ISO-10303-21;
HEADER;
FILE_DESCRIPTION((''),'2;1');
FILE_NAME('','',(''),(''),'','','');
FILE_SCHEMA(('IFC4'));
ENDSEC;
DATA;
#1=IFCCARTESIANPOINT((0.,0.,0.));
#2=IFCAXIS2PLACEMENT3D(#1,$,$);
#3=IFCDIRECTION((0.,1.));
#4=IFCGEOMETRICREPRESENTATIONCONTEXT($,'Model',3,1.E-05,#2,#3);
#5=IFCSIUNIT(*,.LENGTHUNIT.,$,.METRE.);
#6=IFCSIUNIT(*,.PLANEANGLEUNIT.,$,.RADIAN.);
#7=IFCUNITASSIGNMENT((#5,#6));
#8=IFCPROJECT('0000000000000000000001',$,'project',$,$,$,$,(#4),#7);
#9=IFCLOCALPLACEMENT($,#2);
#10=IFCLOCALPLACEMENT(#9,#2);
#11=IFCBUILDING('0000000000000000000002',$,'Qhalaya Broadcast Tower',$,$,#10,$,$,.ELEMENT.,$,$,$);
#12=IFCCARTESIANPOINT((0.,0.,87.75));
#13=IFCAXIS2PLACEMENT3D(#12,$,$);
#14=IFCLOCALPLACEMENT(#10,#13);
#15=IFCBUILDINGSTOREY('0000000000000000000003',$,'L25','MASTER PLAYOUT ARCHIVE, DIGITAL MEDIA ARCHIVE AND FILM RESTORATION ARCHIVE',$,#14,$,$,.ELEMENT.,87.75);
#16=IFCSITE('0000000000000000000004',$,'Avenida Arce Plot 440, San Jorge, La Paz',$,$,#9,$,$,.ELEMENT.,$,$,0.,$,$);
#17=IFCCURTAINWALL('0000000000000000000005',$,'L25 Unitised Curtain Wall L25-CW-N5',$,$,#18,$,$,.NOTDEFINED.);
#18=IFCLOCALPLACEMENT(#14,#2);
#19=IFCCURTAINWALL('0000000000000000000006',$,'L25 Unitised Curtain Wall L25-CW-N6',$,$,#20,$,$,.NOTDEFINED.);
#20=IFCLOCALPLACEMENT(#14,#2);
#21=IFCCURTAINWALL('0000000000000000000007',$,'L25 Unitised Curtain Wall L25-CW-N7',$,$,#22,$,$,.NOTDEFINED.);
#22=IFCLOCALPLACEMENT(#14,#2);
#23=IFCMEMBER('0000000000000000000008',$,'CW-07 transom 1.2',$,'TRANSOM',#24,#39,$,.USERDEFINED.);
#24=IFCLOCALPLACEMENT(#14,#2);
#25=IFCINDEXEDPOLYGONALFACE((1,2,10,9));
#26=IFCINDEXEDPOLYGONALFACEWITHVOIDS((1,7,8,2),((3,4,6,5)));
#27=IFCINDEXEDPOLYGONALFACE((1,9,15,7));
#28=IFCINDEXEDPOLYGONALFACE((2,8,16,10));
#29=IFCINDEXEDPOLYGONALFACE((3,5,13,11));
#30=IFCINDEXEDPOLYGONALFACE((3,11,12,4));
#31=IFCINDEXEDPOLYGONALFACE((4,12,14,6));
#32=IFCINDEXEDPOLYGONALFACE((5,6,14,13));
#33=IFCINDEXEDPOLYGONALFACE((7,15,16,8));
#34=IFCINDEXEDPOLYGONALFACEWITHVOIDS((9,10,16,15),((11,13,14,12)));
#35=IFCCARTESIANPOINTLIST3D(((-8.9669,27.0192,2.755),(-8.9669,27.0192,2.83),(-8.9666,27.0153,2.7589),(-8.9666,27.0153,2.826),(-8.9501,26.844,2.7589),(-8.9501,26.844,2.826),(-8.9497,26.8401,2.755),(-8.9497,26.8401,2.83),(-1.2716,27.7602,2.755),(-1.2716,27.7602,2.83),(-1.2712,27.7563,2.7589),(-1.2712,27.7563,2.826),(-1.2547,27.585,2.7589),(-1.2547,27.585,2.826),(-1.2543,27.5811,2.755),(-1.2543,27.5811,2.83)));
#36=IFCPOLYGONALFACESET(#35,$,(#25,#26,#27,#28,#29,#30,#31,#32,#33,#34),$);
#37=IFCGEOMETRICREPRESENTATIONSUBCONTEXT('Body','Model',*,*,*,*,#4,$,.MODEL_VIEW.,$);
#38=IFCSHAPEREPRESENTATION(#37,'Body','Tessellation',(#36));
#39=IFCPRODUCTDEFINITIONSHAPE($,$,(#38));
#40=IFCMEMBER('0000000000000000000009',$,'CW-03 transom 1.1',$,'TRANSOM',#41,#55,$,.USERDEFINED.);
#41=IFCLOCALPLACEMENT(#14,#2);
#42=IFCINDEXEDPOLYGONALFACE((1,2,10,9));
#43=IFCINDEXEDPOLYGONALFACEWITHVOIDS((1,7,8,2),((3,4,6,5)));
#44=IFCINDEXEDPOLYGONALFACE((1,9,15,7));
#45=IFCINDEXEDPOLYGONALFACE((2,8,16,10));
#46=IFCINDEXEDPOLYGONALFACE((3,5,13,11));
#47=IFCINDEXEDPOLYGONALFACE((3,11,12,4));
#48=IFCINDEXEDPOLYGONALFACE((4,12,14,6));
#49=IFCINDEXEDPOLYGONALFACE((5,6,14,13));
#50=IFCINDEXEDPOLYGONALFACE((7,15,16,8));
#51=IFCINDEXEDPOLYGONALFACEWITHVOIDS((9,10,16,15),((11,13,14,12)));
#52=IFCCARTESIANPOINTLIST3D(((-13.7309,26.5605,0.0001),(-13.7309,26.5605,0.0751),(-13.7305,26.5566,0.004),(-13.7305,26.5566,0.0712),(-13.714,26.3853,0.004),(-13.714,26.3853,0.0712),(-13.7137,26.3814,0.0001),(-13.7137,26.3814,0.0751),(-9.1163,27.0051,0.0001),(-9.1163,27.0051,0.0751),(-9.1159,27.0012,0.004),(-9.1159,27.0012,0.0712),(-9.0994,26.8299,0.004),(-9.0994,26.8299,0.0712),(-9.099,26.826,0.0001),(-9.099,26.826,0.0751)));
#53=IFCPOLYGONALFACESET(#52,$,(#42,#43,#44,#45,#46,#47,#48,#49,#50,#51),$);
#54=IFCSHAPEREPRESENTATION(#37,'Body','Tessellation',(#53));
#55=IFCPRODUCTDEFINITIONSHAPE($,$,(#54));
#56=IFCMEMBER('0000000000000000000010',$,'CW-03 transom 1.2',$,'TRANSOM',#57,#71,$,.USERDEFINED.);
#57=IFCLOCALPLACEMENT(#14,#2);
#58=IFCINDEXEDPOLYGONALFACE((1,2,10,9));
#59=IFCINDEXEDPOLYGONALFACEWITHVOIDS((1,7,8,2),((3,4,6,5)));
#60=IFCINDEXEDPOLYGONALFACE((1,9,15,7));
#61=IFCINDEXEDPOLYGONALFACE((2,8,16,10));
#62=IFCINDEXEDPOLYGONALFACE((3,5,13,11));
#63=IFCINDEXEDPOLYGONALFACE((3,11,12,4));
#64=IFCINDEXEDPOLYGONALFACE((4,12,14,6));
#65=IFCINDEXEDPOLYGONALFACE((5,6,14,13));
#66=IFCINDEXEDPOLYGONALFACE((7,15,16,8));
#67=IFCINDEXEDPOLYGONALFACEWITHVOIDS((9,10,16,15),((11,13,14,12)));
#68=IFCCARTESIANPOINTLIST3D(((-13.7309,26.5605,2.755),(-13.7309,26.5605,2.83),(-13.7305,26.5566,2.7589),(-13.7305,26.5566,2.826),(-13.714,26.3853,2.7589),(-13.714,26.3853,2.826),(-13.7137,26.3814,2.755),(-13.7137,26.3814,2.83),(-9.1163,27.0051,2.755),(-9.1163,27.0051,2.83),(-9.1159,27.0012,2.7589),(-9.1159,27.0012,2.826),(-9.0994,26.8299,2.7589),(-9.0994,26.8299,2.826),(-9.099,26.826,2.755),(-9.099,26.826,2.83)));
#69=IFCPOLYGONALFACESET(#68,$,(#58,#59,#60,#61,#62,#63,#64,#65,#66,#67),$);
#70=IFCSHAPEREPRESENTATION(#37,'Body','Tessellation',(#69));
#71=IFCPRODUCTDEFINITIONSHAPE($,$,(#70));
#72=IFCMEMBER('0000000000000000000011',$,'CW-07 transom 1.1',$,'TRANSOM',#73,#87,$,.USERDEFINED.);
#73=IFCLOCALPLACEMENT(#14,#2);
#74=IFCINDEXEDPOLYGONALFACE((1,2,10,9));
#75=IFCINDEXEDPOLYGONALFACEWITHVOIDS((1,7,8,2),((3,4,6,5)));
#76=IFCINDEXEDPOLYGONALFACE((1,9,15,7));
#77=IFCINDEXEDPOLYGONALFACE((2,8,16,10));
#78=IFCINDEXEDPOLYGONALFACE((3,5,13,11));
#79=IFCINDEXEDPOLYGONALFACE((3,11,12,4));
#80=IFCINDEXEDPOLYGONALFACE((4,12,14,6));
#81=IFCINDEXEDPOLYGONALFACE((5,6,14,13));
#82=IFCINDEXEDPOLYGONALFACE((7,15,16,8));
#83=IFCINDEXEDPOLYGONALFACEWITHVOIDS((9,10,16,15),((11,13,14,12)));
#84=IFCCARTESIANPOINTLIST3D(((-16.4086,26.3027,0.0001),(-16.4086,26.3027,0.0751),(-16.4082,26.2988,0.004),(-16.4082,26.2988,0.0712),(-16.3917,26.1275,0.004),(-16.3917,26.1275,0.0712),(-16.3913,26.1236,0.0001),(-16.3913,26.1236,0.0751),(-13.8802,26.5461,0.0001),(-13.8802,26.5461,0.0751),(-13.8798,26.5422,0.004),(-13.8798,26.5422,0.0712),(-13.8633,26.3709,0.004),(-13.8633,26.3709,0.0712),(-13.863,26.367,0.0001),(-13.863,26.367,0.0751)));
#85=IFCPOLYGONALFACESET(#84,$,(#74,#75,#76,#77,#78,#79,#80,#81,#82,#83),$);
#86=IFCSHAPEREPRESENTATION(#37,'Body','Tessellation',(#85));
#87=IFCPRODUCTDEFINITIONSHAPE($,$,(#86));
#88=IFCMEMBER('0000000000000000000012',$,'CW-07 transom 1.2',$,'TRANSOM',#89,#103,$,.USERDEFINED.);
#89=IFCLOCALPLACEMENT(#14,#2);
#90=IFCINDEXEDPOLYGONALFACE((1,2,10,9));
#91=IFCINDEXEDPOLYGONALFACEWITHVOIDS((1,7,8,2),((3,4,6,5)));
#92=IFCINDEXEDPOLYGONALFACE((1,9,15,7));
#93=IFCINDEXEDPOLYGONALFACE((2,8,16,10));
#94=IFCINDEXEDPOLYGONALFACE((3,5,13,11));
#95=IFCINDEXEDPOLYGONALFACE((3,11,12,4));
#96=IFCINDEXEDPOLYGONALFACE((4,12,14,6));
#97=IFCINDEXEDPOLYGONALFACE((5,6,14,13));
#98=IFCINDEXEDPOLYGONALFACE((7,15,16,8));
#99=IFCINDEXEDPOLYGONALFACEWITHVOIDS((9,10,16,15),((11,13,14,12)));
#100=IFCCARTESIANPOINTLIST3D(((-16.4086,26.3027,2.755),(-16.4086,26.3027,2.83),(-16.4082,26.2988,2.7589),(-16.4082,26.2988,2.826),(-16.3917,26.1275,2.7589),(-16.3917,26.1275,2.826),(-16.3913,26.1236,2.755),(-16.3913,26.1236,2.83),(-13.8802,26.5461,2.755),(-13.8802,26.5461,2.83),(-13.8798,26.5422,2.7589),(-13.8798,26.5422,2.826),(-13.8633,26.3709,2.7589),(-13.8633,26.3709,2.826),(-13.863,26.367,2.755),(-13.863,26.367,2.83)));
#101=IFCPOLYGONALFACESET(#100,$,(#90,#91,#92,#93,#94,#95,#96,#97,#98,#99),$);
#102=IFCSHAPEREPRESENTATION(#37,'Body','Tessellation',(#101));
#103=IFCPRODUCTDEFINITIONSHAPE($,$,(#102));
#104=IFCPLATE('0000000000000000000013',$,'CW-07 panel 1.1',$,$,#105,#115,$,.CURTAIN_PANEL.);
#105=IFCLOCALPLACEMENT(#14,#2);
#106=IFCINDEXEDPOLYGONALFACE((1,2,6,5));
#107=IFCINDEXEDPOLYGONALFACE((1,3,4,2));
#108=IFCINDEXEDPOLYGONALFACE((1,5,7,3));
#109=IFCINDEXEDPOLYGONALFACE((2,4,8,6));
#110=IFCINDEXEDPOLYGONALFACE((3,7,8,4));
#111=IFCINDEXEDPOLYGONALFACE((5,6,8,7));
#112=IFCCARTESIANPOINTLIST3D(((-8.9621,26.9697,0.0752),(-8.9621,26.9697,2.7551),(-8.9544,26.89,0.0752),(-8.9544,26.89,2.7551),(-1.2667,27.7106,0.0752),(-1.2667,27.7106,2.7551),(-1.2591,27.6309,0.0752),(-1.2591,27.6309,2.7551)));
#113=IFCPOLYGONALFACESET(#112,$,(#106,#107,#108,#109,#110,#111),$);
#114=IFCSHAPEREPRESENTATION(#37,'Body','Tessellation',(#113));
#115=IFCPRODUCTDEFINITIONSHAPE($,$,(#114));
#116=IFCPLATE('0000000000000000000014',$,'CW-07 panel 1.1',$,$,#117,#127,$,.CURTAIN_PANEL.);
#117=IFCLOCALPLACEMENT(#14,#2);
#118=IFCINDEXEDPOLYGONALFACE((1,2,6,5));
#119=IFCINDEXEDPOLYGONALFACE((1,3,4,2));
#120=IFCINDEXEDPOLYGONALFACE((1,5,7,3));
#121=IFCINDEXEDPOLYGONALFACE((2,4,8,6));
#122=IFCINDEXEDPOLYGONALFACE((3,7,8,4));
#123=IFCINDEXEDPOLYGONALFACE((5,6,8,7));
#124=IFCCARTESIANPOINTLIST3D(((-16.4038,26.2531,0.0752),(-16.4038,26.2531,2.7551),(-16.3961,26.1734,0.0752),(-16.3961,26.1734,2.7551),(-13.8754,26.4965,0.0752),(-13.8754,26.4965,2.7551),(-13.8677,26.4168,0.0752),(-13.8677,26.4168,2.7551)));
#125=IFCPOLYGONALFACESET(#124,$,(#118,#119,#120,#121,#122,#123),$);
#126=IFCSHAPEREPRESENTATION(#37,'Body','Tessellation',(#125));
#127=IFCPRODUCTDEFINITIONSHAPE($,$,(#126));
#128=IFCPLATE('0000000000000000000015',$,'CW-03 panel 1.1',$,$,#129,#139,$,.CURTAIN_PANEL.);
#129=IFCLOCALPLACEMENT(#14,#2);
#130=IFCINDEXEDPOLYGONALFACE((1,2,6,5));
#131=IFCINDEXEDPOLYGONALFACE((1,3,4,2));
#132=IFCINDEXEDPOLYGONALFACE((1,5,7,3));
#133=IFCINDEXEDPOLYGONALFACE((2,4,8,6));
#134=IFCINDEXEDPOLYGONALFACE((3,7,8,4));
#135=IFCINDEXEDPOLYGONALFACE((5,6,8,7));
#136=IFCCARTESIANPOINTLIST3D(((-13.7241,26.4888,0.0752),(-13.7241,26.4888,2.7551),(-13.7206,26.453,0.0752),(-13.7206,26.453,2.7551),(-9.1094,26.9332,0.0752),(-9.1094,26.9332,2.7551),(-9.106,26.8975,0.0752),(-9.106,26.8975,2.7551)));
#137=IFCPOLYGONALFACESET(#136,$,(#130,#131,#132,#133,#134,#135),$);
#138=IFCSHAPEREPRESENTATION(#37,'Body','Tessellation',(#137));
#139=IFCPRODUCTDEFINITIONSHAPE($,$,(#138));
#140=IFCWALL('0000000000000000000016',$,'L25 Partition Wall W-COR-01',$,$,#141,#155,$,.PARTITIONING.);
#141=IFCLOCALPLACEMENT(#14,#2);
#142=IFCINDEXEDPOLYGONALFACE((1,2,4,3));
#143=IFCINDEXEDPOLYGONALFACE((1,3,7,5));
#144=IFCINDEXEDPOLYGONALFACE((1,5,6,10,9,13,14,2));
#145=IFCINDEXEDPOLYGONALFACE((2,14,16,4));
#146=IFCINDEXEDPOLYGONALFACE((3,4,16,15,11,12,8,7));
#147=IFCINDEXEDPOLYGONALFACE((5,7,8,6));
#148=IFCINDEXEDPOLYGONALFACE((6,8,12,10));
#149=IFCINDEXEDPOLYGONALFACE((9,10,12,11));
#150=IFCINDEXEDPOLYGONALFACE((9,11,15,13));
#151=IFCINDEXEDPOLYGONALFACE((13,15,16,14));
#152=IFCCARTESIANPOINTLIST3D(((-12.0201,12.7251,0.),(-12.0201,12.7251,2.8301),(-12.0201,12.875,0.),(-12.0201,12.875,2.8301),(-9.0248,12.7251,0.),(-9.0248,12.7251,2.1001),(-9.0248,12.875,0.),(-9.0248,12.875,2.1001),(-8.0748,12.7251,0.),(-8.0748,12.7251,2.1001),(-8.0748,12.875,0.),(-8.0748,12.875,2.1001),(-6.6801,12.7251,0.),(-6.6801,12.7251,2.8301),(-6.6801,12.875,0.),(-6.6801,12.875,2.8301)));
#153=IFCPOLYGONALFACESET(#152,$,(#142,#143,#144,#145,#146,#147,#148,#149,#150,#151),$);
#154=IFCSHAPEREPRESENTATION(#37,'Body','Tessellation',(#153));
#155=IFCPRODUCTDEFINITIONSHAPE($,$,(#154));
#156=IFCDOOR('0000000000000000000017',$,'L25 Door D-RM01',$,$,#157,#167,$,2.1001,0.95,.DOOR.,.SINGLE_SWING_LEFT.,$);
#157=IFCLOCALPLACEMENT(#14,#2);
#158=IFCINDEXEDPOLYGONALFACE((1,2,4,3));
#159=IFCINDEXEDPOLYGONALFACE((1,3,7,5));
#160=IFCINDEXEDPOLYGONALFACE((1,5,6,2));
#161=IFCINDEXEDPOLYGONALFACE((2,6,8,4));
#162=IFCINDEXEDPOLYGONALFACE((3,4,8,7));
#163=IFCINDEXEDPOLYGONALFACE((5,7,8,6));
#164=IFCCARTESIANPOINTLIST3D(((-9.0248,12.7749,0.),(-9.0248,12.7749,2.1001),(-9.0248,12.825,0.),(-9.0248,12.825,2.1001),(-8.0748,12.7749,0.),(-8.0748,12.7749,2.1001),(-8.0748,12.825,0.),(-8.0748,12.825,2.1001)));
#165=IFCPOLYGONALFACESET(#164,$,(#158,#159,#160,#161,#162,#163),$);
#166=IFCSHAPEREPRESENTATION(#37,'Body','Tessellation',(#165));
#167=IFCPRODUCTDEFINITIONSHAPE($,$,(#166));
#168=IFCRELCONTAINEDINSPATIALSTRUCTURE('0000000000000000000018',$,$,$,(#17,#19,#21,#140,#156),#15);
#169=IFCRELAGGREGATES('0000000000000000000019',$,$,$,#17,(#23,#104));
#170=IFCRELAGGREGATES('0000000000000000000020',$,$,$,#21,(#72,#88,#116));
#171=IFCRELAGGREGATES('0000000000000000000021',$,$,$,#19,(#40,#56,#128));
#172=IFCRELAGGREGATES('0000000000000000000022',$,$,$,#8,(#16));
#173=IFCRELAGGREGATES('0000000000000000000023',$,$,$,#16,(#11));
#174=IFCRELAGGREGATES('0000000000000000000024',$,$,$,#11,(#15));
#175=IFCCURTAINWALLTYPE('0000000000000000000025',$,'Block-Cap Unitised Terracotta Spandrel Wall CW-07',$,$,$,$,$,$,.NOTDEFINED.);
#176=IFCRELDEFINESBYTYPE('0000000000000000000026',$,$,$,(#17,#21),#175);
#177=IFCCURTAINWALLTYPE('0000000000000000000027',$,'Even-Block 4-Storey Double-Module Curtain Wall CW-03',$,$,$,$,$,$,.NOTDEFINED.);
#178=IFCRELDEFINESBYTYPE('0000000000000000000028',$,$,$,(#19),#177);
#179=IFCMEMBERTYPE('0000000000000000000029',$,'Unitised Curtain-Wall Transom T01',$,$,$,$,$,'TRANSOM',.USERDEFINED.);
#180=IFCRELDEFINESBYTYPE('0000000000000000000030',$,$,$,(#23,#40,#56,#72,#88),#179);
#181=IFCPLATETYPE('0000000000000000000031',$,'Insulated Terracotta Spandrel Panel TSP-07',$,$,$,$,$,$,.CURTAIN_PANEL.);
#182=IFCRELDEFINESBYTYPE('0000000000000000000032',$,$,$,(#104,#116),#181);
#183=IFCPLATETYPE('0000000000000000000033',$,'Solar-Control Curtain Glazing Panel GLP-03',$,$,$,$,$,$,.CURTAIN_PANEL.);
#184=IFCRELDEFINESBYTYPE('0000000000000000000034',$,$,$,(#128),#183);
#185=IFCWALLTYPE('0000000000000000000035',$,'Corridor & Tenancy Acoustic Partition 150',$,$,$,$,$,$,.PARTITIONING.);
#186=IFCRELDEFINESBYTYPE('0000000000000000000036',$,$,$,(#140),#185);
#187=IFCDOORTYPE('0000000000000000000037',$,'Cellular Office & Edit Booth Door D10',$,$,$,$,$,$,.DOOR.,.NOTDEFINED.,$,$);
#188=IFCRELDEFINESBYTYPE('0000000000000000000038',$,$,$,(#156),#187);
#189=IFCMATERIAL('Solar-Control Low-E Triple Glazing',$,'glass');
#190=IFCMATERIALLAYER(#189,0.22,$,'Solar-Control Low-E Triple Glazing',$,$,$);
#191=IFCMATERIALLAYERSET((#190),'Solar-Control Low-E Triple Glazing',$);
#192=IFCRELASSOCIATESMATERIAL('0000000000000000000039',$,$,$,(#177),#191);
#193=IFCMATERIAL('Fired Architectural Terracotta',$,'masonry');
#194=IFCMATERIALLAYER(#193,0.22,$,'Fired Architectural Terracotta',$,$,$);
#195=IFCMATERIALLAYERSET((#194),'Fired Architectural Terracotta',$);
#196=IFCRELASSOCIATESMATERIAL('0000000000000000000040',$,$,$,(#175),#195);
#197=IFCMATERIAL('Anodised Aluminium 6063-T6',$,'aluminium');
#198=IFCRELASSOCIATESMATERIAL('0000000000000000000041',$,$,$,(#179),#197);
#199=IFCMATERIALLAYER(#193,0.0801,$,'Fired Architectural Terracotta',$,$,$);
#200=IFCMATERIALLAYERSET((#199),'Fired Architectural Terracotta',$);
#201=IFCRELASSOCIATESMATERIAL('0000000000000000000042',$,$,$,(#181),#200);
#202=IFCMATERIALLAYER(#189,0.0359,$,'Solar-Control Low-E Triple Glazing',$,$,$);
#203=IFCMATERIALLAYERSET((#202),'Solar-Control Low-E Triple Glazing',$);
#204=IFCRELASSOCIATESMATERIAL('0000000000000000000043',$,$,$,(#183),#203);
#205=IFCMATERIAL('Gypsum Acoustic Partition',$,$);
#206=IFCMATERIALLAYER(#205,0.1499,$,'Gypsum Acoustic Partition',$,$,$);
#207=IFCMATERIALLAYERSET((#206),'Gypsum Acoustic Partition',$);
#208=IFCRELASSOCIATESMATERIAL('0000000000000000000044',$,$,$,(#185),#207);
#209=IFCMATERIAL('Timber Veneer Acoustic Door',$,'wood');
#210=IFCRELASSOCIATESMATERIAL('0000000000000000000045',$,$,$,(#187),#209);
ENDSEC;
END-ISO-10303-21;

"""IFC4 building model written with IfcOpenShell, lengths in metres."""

from ifc_helpers import new_model, si_unit, direction, frame, frame_2d, origin, origin_2d, place, context, subcontext, project, spatial, rectangle, hollow_rectangle, extrude, material, layer, layer_set, material_profile, profile_set, type_object, element, fill, aggregate, save


model = new_model("IFC4")

# Units and contexts
model_context = context("Model", 3, precision=1e-05, world=origin(), true_north=direction((0.0, 1.0)))
body_context = subcontext(model_context, "Body", "Model", "MODEL_VIEW")
ifc_project = project(units=[si_unit("LENGTHUNIT", "METRE"), si_unit("PLANEANGLEUNIT", "RADIAN")], contexts=[model_context])

# Site, building, storey
site_placement = place(None, origin())
site = spatial("IfcSite", under=ifc_project, at=site_placement, Name="Avenida Arce Plot 440, San Jorge, La Paz", CompositionType="ELEMENT", RefElevation=0.0)
building_placement = place(site_placement, origin())
building = spatial("IfcBuilding", under=site, at=building_placement, Name="Qhalaya Broadcast Tower", CompositionType="ELEMENT")
storey_placement = place(building_placement, frame((0.0, 0.0, 87.75)))
storey = spatial("IfcBuildingStorey", under=building, at=storey_placement, Name="L25", Description="MASTER PLAYOUT ARCHIVE, DIGITAL MEDIA ARCHIVE AND FILM RESTORATION ARCHIVE", CompositionType="ELEMENT", Elevation=87.75)

# Shared definitions
ifc_material_1 = material(Name="Solar-Control Low-E Triple Glazing", Category="glass")
ifc_layer_1 = layer(ifc_material_1, 0.22, Name="Solar-Control Low-E Triple Glazing")
ifc_layer_set_1 = layer_set([ifc_layer_1], Name="Solar-Control Low-E Triple Glazing")
curtain_wall_type_1 = type_object("IfcCurtainWallType", Name="Even-Block 4-Storey Double-Module Curtain Wall CW-03", PredefinedType="NOTDEFINED", material=ifc_layer_set_1)
ifc_material_2 = material(Name="Anodised Aluminium 6063-T6", Category="aluminium")

# Curtain walls
ifc_material_3 = material(Name="Fired Architectural Terracotta", Category="masonry")
ifc_layer_2 = layer(ifc_material_3, 0.22, Name="Fired Architectural Terracotta")
ifc_layer_set_2 = layer_set([ifc_layer_2], Name="Fired Architectural Terracotta")
curtain_wall_type_2 = type_object("IfcCurtainWallType", Name="Block-Cap Unitised Terracotta Spandrel Wall CW-07", PredefinedType="NOTDEFINED", material=ifc_layer_set_2)
curtain_wall_1_placement = place(storey_placement, origin())
curtain_wall_1 = element("IfcCurtainWall", 1, at=curtain_wall_1_placement, inside=storey, type_object=curtain_wall_type_2, Name="L25 Unitised Curtain Wall L25-CW-N5", PredefinedType="NOTDEFINED")
curtain_wall_2_placement = place(storey_placement, origin())
curtain_wall_2 = element("IfcCurtainWall", 2, at=curtain_wall_2_placement, inside=storey, type_object=curtain_wall_type_1, Name="L25 Unitised Curtain Wall L25-CW-N6", PredefinedType="NOTDEFINED")

# Curtain wall
curtain_wall_3_placement = place(storey_placement, origin())
curtain_wall_3 = element("IfcCurtainWall", 3, at=curtain_wall_3_placement, inside=storey, type_object=curtain_wall_type_2, Name="L25 Unitised Curtain Wall L25-CW-N7", PredefinedType="NOTDEFINED")

# Members
ifc_material_profile_1 = material_profile(ifc_material_2, hollow_rectangle(XDim=0.075, YDim=0.1799, WallThickness=0.0039, at=origin_2d()), Name="ALU-TRN 75x180x4")
ifc_profile_set_1 = profile_set([ifc_material_profile_1], Name="Anodised Aluminium 6063-T6")
member_type_1 = type_object("IfcMemberType", Name="Unitised Curtain-Wall Transom T01", ElementType="TRANSOM", PredefinedType="USERDEFINED", material=ifc_profile_set_1)
member_1_placement = place(storey_placement, frame((-1.2629, 27.6707, 2.7925), z_axis=(-0.995396, -0.095845, 0.0), x_axis=(0.0, 0.0, 1.0)))
member_1 = element("IfcMember", 4, at=member_1_placement, type_object=member_type_1, Name="CW-07 transom 1.2", ObjectType="TRANSOM", PredefinedType="USERDEFINED", context=body_context, shape_type="SweptSolid", body=[
    extrude(hollow_rectangle(XDim=0.075, YDim=0.1799, WallThickness=0.0039, at=origin_2d()), origin(), (0.0, 0.0, 1.0), 7.731),
])
member_2_placement = place(storey_placement, frame((-9.1077, 26.9155, 0.0376), z_axis=(-0.995391, -0.0959, 0.0), x_axis=(0.0, 0.0, 1.0)))
member_2 = element("IfcMember", 5, at=member_2_placement, type_object=member_type_1, Name="CW-03 transom 1.1", ObjectType="TRANSOM", PredefinedType="USERDEFINED", context=body_context, shape_type="SweptSolid", body=[
    extrude(hollow_rectangle(XDim=0.075, YDim=0.1799, WallThickness=0.0039, at=origin_2d()), origin(), (0.0, 0.0, 1.0), 4.636),
])
member_3_placement = place(storey_placement, frame((-9.1077, 26.9155, 2.7925), z_axis=(-0.995391, -0.0959, 0.0), x_axis=(0.0, 0.0, 1.0)))
member_3 = element("IfcMember", 6, at=member_3_placement, type_object=member_type_1, Name="CW-03 transom 1.2", ObjectType="TRANSOM", PredefinedType="USERDEFINED", context=body_context, shape_type="SweptSolid", body=[
    extrude(hollow_rectangle(XDim=0.075, YDim=0.1799, WallThickness=0.0039, at=origin_2d()), origin(), (0.0, 0.0, 1.0), 4.636),
])
member_4_placement = place(storey_placement, frame((-13.8716, 26.4565, 0.0376), z_axis=(-0.995398, -0.09583, 0.0), x_axis=(0.0, 0.0, 1.0)))
member_4 = element("IfcMember", 7, at=member_4_placement, type_object=member_type_1, Name="CW-07 transom 1.1", ObjectType="TRANSOM", PredefinedType="USERDEFINED", context=body_context, shape_type="SweptSolid", body=[
    extrude(hollow_rectangle(XDim=0.075, YDim=0.1799, WallThickness=0.0039, at=origin_2d()), origin(), (0.0, 0.0, 1.0), 2.54),
])
member_5_placement = place(storey_placement, frame((-13.8716, 26.4565, 2.7925), z_axis=(-0.995398, -0.09583, 0.0), x_axis=(0.0, 0.0, 1.0)))
member_5 = element("IfcMember", 8, at=member_5_placement, type_object=member_type_1, Name="CW-07 transom 1.2", ObjectType="TRANSOM", PredefinedType="USERDEFINED", context=body_context, shape_type="SweptSolid", body=[
    extrude(hollow_rectangle(XDim=0.075, YDim=0.1799, WallThickness=0.0039, at=origin_2d()), origin(), (0.0, 0.0, 1.0), 2.54),
])

# Plates
ifc_layer_3 = layer(ifc_material_3, 0.0801, Name="Fired Architectural Terracotta")
ifc_layer_set_3 = layer_set([ifc_layer_3], Name="Fired Architectural Terracotta")
plate_type_1 = type_object("IfcPlateType", Name="Insulated Terracotta Spandrel Panel TSP-07", PredefinedType="CURTAIN_PANEL", material=ifc_layer_set_3)
plate_1_placement = place(storey_placement, frame((-5.1106, 27.3003, 0.0752), z_axis=(0.0, 0.0, 1.0), x_axis=(-0.995397, -0.095838, 0.0)))
plate_1 = element("IfcPlate", 9, at=plate_1_placement, type_object=plate_type_1, Name="CW-07 panel 1.1", PredefinedType="CURTAIN_PANEL", context=body_context, shape_type="SweptSolid", body=[
    extrude(rectangle(XDim=7.731, YDim=0.0801, at=origin_2d()), origin(), (0.0, 0.0, 1.0), 2.6799),
])
aggregate(curtain_wall_1, [member_1, plate_1])
plate_2_placement = place(storey_placement, frame((-15.1357, 26.335, 0.0752), z_axis=(0.0, 0.0, 1.0), x_axis=(-0.995397, -0.095834, 0.0)))
plate_2 = element("IfcPlate", 10, at=plate_2_placement, type_object=plate_type_1, Name="CW-07 panel 1.1", PredefinedType="CURTAIN_PANEL", context=body_context, shape_type="SweptSolid", body=[
    extrude(rectangle(XDim=2.54, YDim=0.0801, at=origin_2d()), origin(), (0.0, 0.0, 1.0), 2.6799),
])
aggregate(curtain_wall_3, [member_4, member_5, plate_2])
ifc_layer_4 = layer(ifc_material_1, 0.0359, Name="Solar-Control Low-E Triple Glazing")
ifc_layer_set_4 = layer_set([ifc_layer_4], Name="Solar-Control Low-E Triple Glazing")
plate_type_2 = type_object("IfcPlateType", Name="Solar-Control Curtain Glazing Panel GLP-03", PredefinedType="CURTAIN_PANEL", material=ifc_layer_set_4)
plate_3_placement = place(storey_placement, frame((-11.415, 26.6931, 0.0752), z_axis=(0.0, 0.0, 1.0), x_axis=(-0.995394, -0.095864, 0.0)))
plate_3 = element("IfcPlate", 11, at=plate_3_placement, type_object=plate_type_2, Name="CW-03 panel 1.1", PredefinedType="CURTAIN_PANEL", context=body_context, shape_type="SweptSolid", body=[
    extrude(rectangle(XDim=4.636, YDim=0.0359, at=origin_2d()), origin(), (0.0, 0.0, 1.0), 2.6799),
])
aggregate(curtain_wall_2, [member_2, member_3, plate_3])

# Wall, opening, door
ifc_material_4 = material(Name="Gypsum Acoustic Partition")
ifc_layer_5 = layer(ifc_material_4, 0.1499, Name="Gypsum Acoustic Partition")
ifc_layer_set_5 = layer_set([ifc_layer_5], Name="Gypsum Acoustic Partition")
wall_type_1 = type_object("IfcWallType", Name="Corridor & Tenancy Acoustic Partition 150", PredefinedType="PARTITIONING", material=ifc_layer_set_5)
wall_1_placement = place(storey_placement, frame((-12.02, 12.8, 0.0), z_axis=(0.0, 0.0, 1.0), x_axis=(1.0, 0.0, 0.0)))
wall_1 = element("IfcWall", 12, at=wall_1_placement, inside=storey, type_object=wall_type_1, Name="L25 Partition Wall W-COR-01", PredefinedType="PARTITIONING", context=body_context, shape_type="SweptSolid", body=[
    extrude(rectangle(XDim=5.3401, YDim=0.1499, at=frame_2d((2.6699, 0.0))), origin(), (0.0, 0.0, 1.0), 2.8301),
])
opening_1_placement = place(wall_1_placement, frame((2.9951, 0.0, 0.0)))
opening_1 = element("IfcOpeningElement", 13, at=opening_1_placement, cuts=wall_1, PredefinedType="OPENING", context=body_context, shape_type="SweptSolid", body=[
    extrude(rectangle(XDim=0.95, YDim=2.1001, at=frame_2d((0.4751, 1.05))), frame((0.0, 0.0869, 0.0), z_axis=(0.0, -1.0, 0.0), x_axis=(1.0, 0.0, 0.0)), (0.0, 0.0, 1.0), 0.1738),
])
ifc_material_5 = material(Name="Timber Veneer Acoustic Door", Category="wood")
door_type = type_object("IfcDoorType", Name="Cellular Office & Edit Booth Door D10", OperationType="NOTDEFINED", PredefinedType="DOOR", material=ifc_material_5)
door_1_placement = place(opening_1_placement, origin())
door_1 = element("IfcDoor", 14, at=door_1_placement, inside=storey, type_object=door_type, Name="L25 Door D-RM01", OperationType="SINGLE_SWING_LEFT", OverallHeight=2.1001, OverallWidth=0.95, PredefinedType="DOOR", context=body_context, shape_type="SweptSolid", body=[
    extrude(rectangle(XDim=0.95, YDim=2.1001, at=frame_2d((0.4751, 1.05))), frame((0.0, 0.0249, 0.0), z_axis=(0.0, -1.0, 0.0), x_axis=(1.0, 0.0, 0.0)), (0.0, 0.0, 1.0), 0.05),
])
fill(opening_1, door_1)

save(model, "model.ifc")
